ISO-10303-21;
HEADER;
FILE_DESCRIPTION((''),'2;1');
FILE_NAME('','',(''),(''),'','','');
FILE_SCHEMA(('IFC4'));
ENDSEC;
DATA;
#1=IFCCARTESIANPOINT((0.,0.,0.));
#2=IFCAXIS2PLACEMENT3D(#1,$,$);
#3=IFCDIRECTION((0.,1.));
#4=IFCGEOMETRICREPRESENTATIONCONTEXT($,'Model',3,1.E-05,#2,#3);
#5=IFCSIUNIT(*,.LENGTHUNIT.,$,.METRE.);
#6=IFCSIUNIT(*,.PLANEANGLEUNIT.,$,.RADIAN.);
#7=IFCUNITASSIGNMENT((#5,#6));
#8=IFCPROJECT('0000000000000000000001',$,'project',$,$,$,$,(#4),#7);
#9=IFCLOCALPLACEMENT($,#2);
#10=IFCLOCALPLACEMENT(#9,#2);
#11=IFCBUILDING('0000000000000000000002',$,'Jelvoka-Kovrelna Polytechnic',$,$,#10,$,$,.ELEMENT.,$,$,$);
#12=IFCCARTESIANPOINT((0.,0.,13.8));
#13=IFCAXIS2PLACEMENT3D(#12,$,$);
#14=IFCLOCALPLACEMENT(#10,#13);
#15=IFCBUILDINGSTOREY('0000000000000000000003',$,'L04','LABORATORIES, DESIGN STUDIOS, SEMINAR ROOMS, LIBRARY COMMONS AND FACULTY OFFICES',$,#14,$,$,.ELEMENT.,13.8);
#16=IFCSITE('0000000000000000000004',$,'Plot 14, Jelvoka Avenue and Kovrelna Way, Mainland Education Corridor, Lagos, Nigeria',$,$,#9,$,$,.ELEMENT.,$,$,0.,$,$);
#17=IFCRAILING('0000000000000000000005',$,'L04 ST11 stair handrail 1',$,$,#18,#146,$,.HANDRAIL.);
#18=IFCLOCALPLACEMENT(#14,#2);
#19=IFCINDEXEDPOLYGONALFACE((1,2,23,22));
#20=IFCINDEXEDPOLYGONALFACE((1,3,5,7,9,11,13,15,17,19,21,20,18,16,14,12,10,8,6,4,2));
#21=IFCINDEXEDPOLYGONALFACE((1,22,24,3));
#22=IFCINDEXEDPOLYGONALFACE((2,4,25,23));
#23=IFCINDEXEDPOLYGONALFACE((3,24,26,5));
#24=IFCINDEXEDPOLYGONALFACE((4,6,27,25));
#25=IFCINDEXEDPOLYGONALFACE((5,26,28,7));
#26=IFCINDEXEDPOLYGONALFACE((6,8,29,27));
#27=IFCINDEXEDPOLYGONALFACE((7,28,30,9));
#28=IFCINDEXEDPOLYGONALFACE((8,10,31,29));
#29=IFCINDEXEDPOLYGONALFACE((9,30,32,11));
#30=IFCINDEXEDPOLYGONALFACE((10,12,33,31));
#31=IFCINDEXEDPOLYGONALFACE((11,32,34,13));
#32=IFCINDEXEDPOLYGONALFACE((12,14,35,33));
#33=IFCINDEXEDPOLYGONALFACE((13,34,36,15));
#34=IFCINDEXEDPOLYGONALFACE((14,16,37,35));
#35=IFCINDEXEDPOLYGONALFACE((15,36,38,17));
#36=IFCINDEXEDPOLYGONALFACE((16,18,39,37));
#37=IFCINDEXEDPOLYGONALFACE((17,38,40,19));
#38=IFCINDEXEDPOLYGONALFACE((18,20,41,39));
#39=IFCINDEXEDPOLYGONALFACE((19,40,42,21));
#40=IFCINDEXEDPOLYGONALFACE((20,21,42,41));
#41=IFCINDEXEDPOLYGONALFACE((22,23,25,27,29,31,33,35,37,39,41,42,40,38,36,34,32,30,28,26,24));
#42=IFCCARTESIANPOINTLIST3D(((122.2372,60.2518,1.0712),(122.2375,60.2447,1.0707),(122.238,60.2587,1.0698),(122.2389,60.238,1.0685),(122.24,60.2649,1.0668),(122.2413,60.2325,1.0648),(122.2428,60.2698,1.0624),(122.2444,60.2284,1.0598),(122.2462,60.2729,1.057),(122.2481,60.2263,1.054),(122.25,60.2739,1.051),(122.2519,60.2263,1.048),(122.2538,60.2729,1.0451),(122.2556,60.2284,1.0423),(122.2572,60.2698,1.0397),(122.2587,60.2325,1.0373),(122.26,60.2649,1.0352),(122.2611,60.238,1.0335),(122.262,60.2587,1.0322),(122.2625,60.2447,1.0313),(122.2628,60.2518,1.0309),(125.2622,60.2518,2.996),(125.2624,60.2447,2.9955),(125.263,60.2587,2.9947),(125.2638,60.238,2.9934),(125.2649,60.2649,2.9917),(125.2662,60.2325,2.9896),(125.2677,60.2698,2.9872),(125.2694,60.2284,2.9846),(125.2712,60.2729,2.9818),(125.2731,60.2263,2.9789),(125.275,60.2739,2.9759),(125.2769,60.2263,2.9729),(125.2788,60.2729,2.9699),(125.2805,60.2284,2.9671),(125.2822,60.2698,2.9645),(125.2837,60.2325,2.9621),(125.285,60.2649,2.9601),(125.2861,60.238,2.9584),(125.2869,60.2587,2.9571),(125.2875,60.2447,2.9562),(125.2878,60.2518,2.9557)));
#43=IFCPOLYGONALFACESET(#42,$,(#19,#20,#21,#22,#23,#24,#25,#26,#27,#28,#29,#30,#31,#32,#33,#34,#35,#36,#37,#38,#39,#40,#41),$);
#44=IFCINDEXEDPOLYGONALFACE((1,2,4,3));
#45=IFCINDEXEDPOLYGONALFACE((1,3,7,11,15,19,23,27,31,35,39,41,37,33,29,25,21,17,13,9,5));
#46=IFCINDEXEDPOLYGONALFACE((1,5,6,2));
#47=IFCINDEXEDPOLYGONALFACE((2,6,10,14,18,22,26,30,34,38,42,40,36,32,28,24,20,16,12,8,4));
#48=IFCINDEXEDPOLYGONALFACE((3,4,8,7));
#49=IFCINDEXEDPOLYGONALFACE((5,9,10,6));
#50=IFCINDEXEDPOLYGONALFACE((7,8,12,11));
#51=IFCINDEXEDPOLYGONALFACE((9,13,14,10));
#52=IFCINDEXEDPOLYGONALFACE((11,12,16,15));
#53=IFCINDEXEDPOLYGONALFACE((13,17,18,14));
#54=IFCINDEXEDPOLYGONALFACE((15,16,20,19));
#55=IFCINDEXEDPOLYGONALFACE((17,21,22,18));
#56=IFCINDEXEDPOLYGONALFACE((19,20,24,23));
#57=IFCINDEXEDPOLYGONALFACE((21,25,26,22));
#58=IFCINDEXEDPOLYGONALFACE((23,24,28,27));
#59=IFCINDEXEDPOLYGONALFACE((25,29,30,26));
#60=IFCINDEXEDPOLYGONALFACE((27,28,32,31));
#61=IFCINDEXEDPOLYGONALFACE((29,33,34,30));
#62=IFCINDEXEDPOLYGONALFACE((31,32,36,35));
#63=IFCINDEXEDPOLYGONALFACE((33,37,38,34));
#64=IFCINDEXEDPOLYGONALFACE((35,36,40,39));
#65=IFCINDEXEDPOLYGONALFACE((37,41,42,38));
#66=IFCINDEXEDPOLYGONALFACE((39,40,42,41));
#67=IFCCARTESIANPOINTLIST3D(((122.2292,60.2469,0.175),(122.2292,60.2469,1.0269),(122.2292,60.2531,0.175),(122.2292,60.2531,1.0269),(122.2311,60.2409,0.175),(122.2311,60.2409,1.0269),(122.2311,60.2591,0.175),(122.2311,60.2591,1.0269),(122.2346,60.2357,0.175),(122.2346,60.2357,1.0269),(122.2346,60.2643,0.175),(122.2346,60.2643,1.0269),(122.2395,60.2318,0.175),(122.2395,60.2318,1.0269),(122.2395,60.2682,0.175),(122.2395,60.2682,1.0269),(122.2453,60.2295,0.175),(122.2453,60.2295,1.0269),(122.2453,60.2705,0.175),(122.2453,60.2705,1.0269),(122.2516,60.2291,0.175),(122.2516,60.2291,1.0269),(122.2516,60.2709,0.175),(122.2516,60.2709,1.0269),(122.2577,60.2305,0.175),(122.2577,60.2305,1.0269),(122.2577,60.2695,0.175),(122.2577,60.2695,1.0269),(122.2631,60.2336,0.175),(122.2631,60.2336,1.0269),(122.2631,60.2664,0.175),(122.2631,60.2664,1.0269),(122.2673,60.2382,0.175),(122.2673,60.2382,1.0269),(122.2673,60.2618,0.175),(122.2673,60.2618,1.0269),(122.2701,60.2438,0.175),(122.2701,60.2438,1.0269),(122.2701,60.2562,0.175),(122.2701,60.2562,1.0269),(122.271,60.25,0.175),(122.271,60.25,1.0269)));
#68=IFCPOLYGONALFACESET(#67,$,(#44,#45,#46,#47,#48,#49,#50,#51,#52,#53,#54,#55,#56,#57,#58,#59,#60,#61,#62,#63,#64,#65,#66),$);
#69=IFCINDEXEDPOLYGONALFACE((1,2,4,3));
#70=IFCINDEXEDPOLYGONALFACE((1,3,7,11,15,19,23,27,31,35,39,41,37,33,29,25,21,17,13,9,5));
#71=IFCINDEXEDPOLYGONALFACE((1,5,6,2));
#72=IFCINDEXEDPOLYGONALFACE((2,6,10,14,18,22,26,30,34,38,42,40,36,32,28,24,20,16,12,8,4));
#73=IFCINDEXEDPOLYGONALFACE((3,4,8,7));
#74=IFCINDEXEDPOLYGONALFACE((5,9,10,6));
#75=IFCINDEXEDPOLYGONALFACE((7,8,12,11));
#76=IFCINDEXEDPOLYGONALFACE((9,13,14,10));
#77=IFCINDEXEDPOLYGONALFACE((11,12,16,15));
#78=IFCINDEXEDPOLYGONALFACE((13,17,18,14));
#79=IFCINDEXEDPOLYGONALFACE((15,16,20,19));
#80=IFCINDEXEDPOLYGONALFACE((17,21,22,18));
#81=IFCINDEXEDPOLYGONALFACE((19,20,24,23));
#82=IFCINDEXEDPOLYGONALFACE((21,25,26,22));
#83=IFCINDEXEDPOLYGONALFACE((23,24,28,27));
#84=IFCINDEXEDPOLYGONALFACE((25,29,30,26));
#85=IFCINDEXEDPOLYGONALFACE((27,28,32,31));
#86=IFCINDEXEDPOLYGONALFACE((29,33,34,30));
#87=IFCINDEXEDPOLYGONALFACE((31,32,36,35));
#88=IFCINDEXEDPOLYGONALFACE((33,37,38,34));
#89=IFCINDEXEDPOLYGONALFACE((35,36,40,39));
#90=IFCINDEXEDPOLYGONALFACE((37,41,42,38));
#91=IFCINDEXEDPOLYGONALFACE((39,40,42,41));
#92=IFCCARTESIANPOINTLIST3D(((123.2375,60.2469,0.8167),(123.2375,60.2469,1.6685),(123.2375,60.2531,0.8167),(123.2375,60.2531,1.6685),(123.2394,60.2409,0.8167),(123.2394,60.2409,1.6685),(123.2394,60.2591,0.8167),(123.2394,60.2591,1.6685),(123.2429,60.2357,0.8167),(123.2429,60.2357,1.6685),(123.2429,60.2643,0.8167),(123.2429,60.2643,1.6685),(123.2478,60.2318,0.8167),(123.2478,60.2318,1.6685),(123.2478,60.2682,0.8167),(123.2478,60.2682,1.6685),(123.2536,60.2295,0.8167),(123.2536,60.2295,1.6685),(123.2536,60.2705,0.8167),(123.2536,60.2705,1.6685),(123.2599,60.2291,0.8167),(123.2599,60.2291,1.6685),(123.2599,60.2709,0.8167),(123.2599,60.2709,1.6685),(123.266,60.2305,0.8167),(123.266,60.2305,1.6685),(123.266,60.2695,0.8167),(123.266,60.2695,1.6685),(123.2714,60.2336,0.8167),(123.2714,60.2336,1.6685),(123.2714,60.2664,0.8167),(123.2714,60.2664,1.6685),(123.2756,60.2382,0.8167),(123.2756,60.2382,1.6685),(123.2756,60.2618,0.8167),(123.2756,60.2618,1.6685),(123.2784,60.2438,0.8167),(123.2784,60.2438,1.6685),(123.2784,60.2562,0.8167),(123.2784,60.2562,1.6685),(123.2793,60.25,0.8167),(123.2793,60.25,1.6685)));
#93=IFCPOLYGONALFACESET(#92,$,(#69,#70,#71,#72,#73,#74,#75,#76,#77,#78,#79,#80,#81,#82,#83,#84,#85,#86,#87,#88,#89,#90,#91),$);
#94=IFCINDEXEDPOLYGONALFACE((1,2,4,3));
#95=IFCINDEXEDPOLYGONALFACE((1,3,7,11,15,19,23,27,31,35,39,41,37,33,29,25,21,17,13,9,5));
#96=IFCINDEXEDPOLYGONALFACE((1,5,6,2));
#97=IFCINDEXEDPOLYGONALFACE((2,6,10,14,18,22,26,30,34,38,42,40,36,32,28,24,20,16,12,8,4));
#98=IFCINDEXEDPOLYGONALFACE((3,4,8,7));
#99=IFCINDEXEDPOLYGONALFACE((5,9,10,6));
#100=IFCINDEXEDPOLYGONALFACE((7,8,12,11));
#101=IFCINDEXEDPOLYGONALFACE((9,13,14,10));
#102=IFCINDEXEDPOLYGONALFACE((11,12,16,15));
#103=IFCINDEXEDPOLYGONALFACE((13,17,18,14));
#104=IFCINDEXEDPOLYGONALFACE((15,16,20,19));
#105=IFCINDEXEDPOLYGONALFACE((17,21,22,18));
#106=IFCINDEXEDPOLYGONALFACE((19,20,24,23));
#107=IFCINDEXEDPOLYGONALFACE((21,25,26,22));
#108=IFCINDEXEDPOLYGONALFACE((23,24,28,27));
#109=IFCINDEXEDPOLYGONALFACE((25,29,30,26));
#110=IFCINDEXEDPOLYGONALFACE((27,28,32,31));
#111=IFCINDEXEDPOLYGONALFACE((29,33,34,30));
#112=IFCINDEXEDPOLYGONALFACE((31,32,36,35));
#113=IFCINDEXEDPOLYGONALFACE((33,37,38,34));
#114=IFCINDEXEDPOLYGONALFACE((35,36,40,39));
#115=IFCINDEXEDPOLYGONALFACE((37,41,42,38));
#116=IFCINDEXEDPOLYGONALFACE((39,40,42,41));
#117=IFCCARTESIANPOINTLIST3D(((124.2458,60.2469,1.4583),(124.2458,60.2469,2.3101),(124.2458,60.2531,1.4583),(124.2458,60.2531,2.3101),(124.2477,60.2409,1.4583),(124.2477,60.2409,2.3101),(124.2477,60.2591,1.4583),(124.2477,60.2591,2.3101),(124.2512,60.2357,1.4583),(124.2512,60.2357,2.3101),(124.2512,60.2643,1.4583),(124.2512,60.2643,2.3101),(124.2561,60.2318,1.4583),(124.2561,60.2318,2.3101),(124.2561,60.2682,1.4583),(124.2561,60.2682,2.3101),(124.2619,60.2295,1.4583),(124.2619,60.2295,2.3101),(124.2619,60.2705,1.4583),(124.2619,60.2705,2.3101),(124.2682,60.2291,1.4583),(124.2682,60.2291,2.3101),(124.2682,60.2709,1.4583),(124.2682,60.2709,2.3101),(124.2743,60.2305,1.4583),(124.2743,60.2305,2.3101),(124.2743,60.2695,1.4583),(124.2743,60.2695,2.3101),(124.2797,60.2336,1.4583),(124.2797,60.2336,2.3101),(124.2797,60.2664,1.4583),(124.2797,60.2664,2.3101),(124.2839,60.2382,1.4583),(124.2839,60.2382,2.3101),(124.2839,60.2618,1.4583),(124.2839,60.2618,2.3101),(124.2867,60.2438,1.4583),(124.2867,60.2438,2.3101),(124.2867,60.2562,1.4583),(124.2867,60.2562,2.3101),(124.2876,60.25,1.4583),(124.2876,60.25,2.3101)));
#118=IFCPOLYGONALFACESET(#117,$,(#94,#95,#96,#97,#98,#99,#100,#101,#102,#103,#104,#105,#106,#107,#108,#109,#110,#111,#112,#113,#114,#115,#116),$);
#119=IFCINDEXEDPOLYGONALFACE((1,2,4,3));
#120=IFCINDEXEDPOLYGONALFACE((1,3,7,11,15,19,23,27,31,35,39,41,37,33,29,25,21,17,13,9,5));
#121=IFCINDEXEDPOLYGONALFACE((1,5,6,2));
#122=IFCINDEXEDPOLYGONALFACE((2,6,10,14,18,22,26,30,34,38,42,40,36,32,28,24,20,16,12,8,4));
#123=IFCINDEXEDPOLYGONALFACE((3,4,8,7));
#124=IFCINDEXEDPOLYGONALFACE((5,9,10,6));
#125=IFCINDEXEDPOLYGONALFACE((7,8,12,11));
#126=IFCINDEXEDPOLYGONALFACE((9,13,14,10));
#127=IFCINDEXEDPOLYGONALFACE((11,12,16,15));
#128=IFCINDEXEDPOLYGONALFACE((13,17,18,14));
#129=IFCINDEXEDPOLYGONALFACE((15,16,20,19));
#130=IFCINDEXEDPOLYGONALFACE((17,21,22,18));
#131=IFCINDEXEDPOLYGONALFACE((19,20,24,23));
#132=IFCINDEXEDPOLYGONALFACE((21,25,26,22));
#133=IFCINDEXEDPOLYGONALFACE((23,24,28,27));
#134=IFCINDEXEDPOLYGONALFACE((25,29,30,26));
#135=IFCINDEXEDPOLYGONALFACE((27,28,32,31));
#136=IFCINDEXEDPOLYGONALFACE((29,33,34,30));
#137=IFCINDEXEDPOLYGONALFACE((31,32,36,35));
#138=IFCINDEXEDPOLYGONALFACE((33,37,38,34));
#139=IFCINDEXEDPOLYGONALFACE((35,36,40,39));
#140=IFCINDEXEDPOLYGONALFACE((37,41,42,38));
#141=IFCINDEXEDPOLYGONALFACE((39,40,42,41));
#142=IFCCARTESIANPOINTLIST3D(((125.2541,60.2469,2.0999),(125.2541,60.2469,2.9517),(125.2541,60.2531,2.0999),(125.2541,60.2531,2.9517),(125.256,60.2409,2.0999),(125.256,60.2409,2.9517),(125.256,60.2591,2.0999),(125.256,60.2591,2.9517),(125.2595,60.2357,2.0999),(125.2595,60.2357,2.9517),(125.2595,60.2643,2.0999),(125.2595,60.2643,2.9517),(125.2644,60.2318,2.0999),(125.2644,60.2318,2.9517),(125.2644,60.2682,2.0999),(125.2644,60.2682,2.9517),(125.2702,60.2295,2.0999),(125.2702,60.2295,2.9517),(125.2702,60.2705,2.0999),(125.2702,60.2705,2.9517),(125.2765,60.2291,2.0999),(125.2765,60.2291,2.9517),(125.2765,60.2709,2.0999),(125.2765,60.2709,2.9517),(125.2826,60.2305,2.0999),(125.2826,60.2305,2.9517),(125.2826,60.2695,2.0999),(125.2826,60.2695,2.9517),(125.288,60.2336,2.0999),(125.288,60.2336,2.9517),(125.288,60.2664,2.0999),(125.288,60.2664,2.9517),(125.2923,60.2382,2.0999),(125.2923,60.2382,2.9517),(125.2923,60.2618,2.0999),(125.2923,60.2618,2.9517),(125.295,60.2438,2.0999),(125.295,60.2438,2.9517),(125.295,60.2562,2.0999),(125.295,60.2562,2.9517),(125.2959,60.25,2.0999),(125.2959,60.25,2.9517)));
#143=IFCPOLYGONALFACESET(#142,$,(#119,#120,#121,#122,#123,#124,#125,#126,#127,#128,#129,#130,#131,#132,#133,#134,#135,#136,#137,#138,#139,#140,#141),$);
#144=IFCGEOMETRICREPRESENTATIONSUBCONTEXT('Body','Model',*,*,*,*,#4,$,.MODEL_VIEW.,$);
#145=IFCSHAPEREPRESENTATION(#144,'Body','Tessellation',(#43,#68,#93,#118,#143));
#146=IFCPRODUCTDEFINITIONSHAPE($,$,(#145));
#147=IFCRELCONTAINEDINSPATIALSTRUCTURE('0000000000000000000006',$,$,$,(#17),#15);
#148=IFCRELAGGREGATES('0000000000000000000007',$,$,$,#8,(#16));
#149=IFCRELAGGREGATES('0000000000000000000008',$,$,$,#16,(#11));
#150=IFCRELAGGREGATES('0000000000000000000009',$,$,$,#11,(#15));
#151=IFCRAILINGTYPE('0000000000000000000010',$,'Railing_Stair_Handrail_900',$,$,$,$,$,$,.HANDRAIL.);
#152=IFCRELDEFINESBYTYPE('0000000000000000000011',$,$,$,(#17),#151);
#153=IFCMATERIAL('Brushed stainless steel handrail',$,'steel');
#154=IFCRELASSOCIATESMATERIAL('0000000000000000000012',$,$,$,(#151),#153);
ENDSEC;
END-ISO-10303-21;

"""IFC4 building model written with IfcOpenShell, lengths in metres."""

from ifc_helpers import new_model, si_unit, direction, frame, origin, origin_2d, place, context, subcontext, project, spatial, circle, extrude, material, type_object, element, save


model = new_model("IFC4")

# Units and contexts
model_context = context("Model", 3, precision=1e-05, world=origin(), true_north=direction((0.0, 1.0)))
body_context = subcontext(model_context, "Body", "Model", "MODEL_VIEW")
ifc_project = project(units=[si_unit("LENGTHUNIT", "METRE"), si_unit("PLANEANGLEUNIT", "RADIAN")], contexts=[model_context])

# Site, building, storey
site_placement = place(None, origin())
site = spatial("IfcSite", under=ifc_project, at=site_placement, Name="Plot 14, Jelvoka Avenue and Kovrelna Way, Mainland Education Corridor, Lagos, Nigeria", CompositionType="ELEMENT", RefElevation=0.0)
building_placement = place(site_placement, origin())
building = spatial("IfcBuilding", under=site, at=building_placement, Name="Jelvoka-Kovrelna Polytechnic", CompositionType="ELEMENT")
storey_placement = place(building_placement, frame((0.0, 0.0, 13.8)))
storey = spatial("IfcBuildingStorey", under=building, at=storey_placement, Name="L04", Description="LABORATORIES, DESIGN STUDIOS, SEMINAR ROOMS, LIBRARY COMMONS AND FACULTY OFFICES", CompositionType="ELEMENT", Elevation=13.8)

# Railing
ifc_material_1 = material(Name="Brushed stainless steel handrail", Category="steel")
railing_type_1 = type_object("IfcRailingType", Name="Railing_Stair_Handrail_900", PredefinedType="HANDRAIL", material=ifc_material_1)
railing_1_placement = place(storey_placement, frame((122.25, 60.25, 0.175)))
element("IfcRailing", 1, at=railing_1_placement, inside=storey, type_object=railing_type_1, Name="L04 ST11 stair handrail 1", PredefinedType="HANDRAIL", context=body_context, shape_type="SweptSolid", body=[
    extrude(circle(Radius=0.0239, at=origin_2d()), frame((0.0, 0.0, 0.876), z_axis=(0.843678, 0.0, 0.536849), x_axis=(0.0, 1.0, 0.0)), (0.0, 0.0, 1.0), 3.5854),
    extrude(circle(Radius=0.021, at=origin_2d()), origin(), (0.0, 0.0, 1.0), 0.8518),
    extrude(circle(Radius=0.021, at=origin_2d()), frame((1.0083, 0.0, 0.6416)), (0.0, 0.0, 1.0), 0.8518),
    extrude(circle(Radius=0.021, at=origin_2d()), frame((2.0166, 0.0, 1.2832)), (0.0, 0.0, 1.0), 0.8518),
    extrude(circle(Radius=0.021, at=origin_2d()), frame((3.0249, 0.0, 1.9248)), (0.0, 0.0, 1.0), 0.8518),
])

save(model, "model.ifc")
